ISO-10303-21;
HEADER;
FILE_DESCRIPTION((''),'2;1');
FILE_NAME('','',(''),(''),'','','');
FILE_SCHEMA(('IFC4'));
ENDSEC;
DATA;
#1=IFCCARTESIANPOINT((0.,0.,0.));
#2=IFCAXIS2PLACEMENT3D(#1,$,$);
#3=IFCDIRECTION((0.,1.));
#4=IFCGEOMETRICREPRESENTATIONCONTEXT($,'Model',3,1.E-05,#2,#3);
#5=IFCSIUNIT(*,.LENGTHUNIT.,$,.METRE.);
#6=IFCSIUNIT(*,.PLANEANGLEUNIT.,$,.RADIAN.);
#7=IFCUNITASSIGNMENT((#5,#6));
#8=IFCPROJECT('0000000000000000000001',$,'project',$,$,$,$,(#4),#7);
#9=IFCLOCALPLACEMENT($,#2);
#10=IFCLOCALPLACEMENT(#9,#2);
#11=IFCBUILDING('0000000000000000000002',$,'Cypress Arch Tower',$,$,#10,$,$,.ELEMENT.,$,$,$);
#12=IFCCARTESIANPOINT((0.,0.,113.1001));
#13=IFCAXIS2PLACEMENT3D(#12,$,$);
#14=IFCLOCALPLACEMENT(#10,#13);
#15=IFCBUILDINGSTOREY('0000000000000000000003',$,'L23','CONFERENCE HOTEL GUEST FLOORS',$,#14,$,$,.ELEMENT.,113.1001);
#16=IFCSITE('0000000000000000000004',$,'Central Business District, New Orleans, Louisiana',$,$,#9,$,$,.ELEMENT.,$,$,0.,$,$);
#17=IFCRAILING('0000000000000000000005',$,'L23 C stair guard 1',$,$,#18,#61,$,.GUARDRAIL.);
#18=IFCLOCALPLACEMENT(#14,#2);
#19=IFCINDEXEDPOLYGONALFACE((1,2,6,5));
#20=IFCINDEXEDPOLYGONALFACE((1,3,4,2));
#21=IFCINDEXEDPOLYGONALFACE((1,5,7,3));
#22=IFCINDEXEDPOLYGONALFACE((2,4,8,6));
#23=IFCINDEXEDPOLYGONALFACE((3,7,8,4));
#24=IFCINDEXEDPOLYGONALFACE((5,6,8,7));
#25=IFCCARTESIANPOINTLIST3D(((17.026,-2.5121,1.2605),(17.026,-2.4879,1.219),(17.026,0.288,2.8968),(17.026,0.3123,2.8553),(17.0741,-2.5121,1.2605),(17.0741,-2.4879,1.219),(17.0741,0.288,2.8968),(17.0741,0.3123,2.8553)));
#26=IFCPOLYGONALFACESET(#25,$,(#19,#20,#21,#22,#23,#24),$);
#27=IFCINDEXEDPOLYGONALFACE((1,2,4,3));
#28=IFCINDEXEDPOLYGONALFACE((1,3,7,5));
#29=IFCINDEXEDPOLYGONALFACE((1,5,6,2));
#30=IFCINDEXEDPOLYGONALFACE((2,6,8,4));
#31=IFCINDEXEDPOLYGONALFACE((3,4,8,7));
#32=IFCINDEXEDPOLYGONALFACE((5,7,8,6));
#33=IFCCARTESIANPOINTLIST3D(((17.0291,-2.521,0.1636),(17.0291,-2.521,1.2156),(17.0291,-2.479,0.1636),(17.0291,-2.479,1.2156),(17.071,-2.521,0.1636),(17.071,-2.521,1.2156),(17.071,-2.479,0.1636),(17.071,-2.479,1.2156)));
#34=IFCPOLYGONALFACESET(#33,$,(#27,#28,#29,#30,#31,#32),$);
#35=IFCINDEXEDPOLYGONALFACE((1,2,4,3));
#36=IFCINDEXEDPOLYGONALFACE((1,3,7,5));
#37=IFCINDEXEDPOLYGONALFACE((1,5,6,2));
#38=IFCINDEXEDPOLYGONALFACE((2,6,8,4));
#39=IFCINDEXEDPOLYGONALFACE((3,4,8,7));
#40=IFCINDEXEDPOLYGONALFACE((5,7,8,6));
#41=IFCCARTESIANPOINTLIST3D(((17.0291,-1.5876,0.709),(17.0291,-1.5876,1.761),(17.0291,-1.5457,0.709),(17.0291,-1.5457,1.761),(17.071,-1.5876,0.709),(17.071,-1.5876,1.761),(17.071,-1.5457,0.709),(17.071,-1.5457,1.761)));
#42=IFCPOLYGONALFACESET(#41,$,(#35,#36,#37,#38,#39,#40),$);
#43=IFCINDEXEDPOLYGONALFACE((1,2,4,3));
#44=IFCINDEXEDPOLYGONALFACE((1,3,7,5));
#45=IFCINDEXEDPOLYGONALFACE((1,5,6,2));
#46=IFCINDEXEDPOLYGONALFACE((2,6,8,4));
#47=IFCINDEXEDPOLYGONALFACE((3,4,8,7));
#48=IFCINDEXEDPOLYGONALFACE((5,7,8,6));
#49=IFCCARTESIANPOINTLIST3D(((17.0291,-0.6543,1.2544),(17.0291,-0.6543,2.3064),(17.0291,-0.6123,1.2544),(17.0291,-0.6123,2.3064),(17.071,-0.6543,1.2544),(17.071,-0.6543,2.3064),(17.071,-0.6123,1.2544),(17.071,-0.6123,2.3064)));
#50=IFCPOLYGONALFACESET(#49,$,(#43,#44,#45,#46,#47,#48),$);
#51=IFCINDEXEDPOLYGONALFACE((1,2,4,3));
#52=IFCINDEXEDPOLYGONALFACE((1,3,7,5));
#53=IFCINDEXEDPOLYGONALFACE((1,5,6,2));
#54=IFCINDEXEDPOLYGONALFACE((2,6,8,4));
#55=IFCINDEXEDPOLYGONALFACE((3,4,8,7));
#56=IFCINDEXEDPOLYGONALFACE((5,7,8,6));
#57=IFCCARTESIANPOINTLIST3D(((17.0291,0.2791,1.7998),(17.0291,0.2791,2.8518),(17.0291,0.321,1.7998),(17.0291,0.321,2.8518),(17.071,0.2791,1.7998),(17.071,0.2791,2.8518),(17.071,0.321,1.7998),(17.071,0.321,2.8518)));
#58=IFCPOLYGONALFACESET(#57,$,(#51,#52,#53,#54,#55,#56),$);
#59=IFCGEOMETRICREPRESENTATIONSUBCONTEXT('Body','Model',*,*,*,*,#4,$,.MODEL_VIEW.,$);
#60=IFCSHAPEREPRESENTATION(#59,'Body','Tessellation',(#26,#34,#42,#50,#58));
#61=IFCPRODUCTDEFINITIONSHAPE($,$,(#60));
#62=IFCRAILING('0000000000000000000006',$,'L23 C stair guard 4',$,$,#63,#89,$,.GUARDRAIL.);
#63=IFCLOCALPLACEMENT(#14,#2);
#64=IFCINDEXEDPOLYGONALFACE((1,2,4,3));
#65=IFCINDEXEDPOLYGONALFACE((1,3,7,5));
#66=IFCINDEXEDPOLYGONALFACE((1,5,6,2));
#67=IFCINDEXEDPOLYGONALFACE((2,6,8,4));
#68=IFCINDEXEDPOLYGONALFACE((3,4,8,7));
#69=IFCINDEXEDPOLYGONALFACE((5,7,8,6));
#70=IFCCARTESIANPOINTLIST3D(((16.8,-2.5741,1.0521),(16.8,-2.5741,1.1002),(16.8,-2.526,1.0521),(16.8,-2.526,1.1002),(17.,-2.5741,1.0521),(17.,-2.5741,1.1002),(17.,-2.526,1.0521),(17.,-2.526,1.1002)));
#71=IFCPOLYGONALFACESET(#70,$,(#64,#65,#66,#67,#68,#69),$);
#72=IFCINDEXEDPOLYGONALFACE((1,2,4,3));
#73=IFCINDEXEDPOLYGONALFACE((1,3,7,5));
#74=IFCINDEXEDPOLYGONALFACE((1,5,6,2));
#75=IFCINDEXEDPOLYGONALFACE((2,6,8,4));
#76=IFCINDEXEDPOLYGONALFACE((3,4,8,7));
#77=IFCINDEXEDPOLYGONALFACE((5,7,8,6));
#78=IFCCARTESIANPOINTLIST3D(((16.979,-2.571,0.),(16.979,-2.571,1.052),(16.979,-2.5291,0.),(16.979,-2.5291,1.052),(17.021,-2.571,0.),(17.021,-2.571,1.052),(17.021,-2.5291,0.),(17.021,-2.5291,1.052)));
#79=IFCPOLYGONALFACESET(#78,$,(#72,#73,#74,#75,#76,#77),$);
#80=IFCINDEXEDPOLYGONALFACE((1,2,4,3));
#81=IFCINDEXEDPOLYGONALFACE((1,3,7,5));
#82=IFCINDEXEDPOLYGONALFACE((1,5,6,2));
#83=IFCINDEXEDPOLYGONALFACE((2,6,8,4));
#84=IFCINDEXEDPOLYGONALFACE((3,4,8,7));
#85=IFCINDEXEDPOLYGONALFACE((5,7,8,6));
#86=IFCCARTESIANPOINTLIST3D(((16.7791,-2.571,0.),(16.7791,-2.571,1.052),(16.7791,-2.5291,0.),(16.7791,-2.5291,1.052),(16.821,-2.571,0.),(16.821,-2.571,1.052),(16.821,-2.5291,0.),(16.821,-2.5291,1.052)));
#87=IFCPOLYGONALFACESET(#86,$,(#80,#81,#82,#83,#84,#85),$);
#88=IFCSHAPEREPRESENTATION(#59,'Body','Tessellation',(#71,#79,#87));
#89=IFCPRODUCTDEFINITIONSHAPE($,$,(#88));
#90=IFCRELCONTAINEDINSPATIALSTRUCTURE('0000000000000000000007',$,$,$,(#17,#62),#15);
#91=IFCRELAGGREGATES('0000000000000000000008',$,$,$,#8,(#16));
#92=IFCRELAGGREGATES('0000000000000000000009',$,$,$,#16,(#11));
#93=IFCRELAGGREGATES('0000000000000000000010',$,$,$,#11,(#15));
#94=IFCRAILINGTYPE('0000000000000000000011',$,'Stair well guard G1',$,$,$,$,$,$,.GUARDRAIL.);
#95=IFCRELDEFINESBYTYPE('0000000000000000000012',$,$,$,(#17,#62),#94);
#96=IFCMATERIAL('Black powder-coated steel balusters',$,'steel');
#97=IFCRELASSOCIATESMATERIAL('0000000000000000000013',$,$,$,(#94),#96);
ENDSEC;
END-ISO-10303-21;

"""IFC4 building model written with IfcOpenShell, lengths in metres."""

from ifc_helpers import new_model, si_unit, direction, frame, origin, origin_2d, place, context, subcontext, project, spatial, rectangle, extrude, material, type_object, element, save


model = new_model("IFC4")

# Units and contexts
model_context = context("Model", 3, precision=1e-05, world=origin(), true_north=direction((0.0, 1.0)))
body_context = subcontext(model_context, "Body", "Model", "MODEL_VIEW")
ifc_project = project(units=[si_unit("LENGTHUNIT", "METRE"), si_unit("PLANEANGLEUNIT", "RADIAN")], contexts=[model_context])

# Site, building, storey
site_placement = place(None, origin())
site = spatial("IfcSite", under=ifc_project, at=site_placement, Name="Central Business District, New Orleans, Louisiana", CompositionType="ELEMENT", RefElevation=0.0)
building_placement = place(site_placement, origin())
building = spatial("IfcBuilding", under=site, at=building_placement, Name="Cypress Arch Tower", CompositionType="ELEMENT")
storey_placement = place(building_placement, frame((0.0, 0.0, 113.1001)))
storey = spatial("IfcBuildingStorey", under=building, at=storey_placement, Name="L23", Description="CONFERENCE HOTEL GUEST FLOORS", CompositionType="ELEMENT", Elevation=113.1001)

# Railings
ifc_material_1 = material(Name="Black powder-coated steel balusters", Category="steel")
railing_type_1 = type_object("IfcRailingType", Name="Stair well guard G1", PredefinedType="GUARDRAIL", material=ifc_material_1)
railing_1_placement = place(storey_placement, frame((17.05, -2.5, 0.1636)))
element("IfcRailing", 1, at=railing_1_placement, inside=storey, type_object=railing_type_1, Name="L23 C stair guard 1", PredefinedType="GUARDRAIL", context=body_context, shape_type="SweptSolid", body=[
    extrude(rectangle(XDim=0.0481, YDim=0.0481, at=origin_2d()), frame((0.0, 0.0, 1.0762), z_axis=(0.0, 0.863394, 0.504531), x_axis=(-1.0, 0.0, 0.0)), (0.0, 0.0, 1.0), 3.2432),
    extrude(rectangle(XDim=0.042, YDim=0.042, at=origin_2d()), origin(), (0.0, 0.0, 1.0), 1.052),
    extrude(rectangle(XDim=0.042, YDim=0.042, at=origin_2d()), frame((0.0, 0.9333, 0.5454)), (0.0, 0.0, 1.0), 1.052),
    extrude(rectangle(XDim=0.042, YDim=0.042, at=origin_2d()), frame((0.0, 1.8667, 1.0908)), (0.0, 0.0, 1.0), 1.052),
    extrude(rectangle(XDim=0.042, YDim=0.042, at=origin_2d()), frame((0.0, 2.8, 1.6362)), (0.0, 0.0, 1.0), 1.052),
])
railing_2_placement = place(storey_placement, frame((17.0, -2.55, 0.0)))
element("IfcRailing", 2, at=railing_2_placement, inside=storey, type_object=railing_type_1, Name="L23 C stair guard 4", PredefinedType="GUARDRAIL", context=body_context, shape_type="SweptSolid", body=[
    extrude(rectangle(XDim=0.0481, YDim=0.0481, at=origin_2d()), frame((0.0, 0.0, 1.0762), z_axis=(-1.0, 0.0, 0.0), x_axis=(0.0, -1.0, 0.0)), (0.0, 0.0, 1.0), 0.2),
    extrude(rectangle(XDim=0.042, YDim=0.042, at=origin_2d()), origin(), (0.0, 0.0, 1.0), 1.052),
    extrude(rectangle(XDim=0.042, YDim=0.042, at=origin_2d()), frame((-0.2, 0.0, 0.0)), (0.0, 0.0, 1.0), 1.052),
])

save(model, "model.ifc")
